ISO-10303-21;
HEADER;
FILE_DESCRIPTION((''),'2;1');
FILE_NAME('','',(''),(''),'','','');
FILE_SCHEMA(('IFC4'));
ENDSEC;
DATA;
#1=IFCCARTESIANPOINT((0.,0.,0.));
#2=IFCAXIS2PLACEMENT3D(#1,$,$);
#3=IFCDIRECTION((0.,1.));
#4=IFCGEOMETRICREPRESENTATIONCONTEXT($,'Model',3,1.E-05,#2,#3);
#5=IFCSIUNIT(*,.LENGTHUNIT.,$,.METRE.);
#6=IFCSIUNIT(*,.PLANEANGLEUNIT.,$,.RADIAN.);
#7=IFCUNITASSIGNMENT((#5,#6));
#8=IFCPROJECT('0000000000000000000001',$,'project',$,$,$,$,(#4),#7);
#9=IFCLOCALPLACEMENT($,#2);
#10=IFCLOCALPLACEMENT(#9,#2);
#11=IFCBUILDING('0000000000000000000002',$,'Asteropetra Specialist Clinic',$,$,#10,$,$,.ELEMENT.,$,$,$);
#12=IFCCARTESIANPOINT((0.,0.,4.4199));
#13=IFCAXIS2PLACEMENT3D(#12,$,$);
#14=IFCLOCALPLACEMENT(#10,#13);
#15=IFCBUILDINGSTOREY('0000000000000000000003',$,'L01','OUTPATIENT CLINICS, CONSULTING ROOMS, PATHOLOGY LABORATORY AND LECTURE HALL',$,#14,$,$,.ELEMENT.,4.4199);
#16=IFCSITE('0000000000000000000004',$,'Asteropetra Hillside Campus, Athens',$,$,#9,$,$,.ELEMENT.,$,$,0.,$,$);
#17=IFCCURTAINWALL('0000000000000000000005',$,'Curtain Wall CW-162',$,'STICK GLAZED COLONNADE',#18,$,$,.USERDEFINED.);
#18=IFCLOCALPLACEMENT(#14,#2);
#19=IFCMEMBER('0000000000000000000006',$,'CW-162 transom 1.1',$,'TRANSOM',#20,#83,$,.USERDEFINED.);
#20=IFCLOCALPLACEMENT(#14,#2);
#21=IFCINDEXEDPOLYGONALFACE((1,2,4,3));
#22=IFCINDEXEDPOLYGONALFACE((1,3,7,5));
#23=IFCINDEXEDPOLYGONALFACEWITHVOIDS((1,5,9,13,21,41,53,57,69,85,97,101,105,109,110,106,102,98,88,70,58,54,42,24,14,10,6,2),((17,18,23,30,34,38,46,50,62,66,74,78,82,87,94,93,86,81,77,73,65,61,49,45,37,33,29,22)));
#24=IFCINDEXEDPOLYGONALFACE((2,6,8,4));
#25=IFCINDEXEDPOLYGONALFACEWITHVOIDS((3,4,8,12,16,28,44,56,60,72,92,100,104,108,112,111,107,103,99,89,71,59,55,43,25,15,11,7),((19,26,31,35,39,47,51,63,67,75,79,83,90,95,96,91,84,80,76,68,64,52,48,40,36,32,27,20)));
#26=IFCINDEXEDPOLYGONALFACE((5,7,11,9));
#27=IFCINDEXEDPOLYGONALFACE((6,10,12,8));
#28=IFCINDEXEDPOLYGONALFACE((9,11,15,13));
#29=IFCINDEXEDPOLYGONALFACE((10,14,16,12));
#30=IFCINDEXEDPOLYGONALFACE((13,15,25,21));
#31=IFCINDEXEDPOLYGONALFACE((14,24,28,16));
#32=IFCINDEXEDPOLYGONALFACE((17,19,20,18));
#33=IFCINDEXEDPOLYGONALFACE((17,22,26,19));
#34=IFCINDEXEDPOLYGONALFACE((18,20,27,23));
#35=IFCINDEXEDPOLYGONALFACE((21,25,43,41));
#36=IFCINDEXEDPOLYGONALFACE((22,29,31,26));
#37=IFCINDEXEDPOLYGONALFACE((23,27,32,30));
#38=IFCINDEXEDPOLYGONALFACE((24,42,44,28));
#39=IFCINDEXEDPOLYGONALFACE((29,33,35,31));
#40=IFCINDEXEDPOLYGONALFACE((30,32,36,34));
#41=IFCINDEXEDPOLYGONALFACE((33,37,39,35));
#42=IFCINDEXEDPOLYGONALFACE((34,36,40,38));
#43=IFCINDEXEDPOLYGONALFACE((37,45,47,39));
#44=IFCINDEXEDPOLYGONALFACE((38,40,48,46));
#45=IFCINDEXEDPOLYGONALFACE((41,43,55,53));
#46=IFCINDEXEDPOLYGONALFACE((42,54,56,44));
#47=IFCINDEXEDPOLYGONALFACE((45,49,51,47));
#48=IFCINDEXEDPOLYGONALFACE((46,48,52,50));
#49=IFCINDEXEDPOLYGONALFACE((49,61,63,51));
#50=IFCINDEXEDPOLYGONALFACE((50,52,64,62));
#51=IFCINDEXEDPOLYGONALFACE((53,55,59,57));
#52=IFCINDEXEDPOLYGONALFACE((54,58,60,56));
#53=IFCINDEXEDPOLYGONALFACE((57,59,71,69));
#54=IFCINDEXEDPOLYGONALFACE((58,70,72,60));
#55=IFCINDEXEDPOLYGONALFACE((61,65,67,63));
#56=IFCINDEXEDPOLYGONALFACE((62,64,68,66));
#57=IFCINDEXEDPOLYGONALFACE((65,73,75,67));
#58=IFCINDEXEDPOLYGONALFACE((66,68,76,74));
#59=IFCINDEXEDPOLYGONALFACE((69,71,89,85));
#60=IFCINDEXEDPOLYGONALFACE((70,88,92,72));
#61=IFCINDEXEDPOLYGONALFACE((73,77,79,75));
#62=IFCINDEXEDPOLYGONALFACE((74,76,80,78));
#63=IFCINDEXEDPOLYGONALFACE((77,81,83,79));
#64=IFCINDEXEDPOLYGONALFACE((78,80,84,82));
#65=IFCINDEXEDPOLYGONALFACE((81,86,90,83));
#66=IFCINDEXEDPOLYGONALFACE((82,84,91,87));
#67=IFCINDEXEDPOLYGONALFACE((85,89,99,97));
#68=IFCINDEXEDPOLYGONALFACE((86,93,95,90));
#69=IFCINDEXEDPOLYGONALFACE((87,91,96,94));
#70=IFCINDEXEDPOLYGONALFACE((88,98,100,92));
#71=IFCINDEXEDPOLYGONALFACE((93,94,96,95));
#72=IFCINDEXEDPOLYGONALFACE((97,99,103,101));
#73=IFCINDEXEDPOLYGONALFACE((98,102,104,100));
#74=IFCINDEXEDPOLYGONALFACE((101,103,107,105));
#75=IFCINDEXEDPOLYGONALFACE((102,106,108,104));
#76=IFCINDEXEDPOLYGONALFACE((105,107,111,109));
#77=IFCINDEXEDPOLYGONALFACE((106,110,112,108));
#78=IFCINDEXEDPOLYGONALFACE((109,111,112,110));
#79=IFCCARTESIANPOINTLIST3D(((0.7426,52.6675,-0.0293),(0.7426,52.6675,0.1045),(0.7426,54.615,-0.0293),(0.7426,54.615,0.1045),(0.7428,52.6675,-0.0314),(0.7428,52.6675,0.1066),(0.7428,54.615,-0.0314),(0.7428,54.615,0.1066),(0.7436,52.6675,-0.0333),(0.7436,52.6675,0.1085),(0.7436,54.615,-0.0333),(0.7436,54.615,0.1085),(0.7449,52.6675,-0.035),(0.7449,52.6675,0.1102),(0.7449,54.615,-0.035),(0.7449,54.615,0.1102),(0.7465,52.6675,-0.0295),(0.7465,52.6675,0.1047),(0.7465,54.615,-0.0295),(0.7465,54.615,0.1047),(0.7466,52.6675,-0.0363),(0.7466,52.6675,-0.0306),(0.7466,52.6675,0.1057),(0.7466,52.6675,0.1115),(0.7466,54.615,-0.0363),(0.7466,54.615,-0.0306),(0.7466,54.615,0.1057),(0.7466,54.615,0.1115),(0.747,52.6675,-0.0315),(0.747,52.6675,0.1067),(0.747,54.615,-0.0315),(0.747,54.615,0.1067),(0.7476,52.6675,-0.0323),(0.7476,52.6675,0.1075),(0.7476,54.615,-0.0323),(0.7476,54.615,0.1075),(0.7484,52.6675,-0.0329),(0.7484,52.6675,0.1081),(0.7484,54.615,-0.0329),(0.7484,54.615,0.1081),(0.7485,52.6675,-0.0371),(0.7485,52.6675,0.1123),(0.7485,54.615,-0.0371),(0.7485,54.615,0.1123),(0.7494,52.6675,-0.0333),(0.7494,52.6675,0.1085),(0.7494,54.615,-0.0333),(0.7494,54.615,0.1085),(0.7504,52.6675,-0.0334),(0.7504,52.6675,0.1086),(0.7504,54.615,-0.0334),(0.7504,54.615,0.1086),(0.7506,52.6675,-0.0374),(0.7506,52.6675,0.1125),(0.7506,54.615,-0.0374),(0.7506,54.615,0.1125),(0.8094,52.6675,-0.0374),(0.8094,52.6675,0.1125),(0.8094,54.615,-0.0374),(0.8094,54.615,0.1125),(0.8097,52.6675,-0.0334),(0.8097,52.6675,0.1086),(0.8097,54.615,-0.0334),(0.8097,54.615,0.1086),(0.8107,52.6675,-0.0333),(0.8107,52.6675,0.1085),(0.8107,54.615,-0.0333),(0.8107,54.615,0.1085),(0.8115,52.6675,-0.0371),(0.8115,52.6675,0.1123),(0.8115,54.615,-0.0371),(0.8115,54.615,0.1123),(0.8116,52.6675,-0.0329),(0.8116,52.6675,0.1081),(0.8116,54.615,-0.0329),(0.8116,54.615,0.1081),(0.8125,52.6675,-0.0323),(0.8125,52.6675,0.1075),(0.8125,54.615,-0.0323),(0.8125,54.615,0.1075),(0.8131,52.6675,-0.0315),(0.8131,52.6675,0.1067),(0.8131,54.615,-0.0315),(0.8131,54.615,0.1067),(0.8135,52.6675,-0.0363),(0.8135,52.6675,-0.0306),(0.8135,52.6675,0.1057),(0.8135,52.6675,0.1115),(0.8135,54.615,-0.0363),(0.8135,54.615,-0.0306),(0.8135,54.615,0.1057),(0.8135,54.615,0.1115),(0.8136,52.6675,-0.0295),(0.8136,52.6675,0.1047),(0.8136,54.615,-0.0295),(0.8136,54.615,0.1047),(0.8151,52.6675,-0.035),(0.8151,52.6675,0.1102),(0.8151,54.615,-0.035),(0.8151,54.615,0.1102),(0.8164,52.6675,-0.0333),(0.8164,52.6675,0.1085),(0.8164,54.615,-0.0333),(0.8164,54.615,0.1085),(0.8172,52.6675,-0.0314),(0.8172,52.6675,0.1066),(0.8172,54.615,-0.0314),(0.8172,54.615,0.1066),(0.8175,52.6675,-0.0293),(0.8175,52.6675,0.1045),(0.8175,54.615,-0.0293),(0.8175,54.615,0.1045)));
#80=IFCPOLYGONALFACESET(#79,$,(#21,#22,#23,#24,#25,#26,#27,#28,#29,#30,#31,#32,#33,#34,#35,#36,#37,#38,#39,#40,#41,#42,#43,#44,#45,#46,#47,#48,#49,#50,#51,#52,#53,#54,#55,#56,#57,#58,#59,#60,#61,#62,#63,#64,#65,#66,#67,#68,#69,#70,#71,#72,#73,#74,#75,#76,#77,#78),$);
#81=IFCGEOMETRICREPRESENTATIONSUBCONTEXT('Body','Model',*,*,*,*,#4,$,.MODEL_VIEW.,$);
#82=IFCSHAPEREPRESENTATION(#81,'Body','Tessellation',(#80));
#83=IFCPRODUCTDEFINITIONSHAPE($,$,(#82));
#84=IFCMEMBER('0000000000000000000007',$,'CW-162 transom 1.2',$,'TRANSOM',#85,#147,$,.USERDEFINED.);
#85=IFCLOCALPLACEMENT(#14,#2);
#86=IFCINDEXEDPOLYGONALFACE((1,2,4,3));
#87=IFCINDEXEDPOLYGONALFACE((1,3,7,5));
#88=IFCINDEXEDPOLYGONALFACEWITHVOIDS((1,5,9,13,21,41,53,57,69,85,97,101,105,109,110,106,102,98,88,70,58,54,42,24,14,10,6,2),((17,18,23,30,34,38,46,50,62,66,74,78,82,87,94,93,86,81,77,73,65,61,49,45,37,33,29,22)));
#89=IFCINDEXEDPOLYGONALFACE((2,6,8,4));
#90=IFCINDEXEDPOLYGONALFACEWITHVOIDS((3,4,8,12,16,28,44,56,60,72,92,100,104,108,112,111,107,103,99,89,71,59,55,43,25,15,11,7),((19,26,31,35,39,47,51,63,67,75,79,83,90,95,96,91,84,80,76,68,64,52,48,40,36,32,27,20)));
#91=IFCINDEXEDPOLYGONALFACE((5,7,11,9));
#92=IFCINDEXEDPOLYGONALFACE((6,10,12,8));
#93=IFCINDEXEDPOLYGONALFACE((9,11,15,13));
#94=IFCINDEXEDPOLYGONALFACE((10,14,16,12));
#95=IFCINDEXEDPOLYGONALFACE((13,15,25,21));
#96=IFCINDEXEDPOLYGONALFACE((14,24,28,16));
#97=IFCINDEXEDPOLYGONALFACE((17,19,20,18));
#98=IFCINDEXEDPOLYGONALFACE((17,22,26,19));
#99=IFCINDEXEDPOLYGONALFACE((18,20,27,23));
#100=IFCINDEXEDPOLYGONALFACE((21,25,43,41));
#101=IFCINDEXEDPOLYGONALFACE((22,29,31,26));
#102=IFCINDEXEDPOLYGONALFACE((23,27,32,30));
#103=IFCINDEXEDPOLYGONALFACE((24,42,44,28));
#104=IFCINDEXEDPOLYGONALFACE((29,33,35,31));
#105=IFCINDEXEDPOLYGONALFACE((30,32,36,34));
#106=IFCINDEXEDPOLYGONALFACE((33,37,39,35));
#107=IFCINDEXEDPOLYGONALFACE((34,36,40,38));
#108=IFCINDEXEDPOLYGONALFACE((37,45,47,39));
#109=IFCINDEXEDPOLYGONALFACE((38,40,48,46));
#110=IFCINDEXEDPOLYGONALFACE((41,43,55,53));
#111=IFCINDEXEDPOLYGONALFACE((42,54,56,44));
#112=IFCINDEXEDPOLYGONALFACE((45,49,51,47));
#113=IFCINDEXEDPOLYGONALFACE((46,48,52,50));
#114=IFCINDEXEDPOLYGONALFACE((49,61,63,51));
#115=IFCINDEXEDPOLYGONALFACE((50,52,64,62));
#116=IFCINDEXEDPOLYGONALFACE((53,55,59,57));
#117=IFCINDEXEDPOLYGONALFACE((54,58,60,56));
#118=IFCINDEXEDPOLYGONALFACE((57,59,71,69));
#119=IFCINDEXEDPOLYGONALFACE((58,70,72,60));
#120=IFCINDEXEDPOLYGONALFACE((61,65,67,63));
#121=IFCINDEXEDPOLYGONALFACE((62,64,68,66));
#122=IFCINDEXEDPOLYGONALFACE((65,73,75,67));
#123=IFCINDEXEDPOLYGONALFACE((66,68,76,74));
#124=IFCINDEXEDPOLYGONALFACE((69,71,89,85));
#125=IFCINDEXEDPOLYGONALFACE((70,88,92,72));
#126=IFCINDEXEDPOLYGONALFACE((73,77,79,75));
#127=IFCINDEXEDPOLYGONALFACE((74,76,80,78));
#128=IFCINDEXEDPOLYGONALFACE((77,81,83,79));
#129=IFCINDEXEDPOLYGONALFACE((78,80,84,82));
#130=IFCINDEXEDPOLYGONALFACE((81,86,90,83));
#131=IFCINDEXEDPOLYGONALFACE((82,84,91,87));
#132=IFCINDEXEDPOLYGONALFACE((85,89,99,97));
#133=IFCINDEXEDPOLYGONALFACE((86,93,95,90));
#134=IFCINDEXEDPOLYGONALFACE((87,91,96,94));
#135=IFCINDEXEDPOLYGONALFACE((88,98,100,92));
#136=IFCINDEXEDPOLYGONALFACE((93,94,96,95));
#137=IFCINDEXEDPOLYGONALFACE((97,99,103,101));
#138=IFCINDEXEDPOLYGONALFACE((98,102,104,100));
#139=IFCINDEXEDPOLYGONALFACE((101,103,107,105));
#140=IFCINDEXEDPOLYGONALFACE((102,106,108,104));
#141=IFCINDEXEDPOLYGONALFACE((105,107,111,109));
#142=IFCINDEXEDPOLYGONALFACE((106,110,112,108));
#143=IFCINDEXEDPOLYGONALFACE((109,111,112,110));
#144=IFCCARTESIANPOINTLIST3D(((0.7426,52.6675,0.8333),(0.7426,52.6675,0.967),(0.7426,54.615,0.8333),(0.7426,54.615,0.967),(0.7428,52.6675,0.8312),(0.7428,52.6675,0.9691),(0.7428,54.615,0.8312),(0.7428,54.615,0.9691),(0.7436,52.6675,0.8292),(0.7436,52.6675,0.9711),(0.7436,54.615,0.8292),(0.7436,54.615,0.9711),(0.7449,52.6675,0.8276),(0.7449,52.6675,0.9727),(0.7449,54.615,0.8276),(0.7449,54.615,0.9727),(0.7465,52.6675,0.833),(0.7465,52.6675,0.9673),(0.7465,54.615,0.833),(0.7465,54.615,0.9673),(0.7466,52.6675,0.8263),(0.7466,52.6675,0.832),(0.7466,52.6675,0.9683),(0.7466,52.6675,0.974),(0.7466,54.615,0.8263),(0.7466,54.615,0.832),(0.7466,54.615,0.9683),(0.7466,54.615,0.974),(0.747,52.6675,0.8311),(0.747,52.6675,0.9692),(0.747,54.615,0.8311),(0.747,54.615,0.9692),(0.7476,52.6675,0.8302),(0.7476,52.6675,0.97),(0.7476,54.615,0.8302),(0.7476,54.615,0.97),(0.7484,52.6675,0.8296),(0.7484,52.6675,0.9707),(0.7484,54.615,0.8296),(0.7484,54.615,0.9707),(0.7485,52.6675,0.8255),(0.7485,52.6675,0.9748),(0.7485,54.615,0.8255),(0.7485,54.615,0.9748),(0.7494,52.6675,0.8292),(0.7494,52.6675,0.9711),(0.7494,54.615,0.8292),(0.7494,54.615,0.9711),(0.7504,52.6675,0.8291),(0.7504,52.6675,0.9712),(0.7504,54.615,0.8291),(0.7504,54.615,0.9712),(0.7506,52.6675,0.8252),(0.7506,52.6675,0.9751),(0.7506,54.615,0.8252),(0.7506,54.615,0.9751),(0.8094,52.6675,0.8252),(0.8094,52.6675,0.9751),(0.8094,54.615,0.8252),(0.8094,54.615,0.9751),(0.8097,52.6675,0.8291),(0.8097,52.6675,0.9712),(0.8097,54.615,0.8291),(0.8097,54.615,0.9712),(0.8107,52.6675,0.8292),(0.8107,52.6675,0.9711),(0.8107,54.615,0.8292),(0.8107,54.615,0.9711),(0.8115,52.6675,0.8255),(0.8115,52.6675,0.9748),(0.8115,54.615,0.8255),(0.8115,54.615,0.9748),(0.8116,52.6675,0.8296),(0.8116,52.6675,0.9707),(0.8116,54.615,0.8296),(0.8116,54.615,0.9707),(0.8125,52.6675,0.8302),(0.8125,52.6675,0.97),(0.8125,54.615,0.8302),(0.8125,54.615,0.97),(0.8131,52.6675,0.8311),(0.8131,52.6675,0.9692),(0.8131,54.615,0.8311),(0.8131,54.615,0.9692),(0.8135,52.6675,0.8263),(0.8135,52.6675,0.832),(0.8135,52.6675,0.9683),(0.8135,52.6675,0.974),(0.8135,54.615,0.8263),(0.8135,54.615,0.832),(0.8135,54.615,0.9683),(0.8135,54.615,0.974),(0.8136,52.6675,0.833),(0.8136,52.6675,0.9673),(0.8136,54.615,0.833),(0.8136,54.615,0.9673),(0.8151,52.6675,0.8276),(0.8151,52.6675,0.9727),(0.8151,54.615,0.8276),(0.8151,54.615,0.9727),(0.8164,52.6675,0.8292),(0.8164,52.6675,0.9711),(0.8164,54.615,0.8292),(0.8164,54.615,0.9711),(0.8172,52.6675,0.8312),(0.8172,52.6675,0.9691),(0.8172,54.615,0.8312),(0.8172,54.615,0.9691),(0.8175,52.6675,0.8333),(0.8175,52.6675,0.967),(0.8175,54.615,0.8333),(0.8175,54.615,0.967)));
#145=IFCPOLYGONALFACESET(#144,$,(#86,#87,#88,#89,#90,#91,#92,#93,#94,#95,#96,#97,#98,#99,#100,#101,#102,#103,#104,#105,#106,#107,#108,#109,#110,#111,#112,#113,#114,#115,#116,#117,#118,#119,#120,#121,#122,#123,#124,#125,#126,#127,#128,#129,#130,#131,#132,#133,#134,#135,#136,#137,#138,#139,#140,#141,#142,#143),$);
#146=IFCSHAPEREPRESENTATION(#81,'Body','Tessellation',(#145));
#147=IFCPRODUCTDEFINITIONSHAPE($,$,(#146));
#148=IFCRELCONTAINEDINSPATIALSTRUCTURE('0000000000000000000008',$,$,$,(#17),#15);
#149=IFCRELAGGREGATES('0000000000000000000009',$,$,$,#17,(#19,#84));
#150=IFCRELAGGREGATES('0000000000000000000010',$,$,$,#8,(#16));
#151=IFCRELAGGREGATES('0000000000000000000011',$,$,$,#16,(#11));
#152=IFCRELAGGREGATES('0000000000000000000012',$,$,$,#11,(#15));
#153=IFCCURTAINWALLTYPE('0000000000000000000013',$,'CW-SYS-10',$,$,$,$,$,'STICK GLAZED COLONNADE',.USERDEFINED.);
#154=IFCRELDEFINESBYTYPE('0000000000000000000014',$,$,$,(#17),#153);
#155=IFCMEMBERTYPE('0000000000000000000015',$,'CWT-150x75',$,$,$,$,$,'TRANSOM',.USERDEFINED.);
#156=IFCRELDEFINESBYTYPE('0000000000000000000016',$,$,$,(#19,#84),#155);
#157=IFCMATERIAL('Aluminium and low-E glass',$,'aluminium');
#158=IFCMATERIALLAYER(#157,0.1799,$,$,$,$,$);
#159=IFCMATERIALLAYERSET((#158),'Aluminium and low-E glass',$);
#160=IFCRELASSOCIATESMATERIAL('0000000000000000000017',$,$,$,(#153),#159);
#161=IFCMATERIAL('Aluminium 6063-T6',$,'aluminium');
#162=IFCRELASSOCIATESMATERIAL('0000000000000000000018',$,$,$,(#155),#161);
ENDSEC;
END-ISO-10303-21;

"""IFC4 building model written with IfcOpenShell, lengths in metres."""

from ifc_helpers import new_model, si_unit, direction, frame, origin, origin_2d, place, context, subcontext, project, spatial, hollow_rectangle, extrude, material, layer, layer_set, material_profile, profile_set, type_object, element, aggregate, save


model = new_model("IFC4")

# Units and contexts
model_context = context("Model", 3, precision=1e-05, world=origin(), true_north=direction((0.0, 1.0)))
body_context = subcontext(model_context, "Body", "Model", "MODEL_VIEW")
ifc_project = project(units=[si_unit("LENGTHUNIT", "METRE"), si_unit("PLANEANGLEUNIT", "RADIAN")], contexts=[model_context])

# Site, building, storey
site_placement = place(None, origin())
site = spatial("IfcSite", under=ifc_project, at=site_placement, Name="Asteropetra Hillside Campus, Athens", CompositionType="ELEMENT", RefElevation=0.0)
building_placement = place(site_placement, origin())
building = spatial("IfcBuilding", under=site, at=building_placement, Name="Asteropetra Specialist Clinic", CompositionType="ELEMENT")
storey_placement = place(building_placement, frame((0.0, 0.0, 4.4199)))
storey = spatial("IfcBuildingStorey", under=building, at=storey_placement, Name="L01", Description="OUTPATIENT CLINICS, CONSULTING ROOMS, PATHOLOGY LABORATORY AND LECTURE HALL", CompositionType="ELEMENT", Elevation=4.4199)

# Curtain wall, members
ifc_material_1 = material(Name="Aluminium and low-E glass", Category="aluminium")
ifc_layer_1 = layer(ifc_material_1, 0.1799)
ifc_layer_set_1 = layer_set([ifc_layer_1], Name="Aluminium and low-E glass")
curtain_wall_type_1 = type_object("IfcCurtainWallType", Name="CW-SYS-10", ElementType="STICK GLAZED COLONNADE", PredefinedType="USERDEFINED", material=ifc_layer_set_1)
curtain_wall_1_placement = place(storey_placement, origin())
curtain_wall_1 = element("IfcCurtainWall", 1, at=curtain_wall_1_placement, inside=storey, type_object=curtain_wall_type_1, Name="Curtain Wall CW-162", ObjectType="STICK GLAZED COLONNADE", PredefinedType="USERDEFINED")
ifc_material_2 = material(Name="Aluminium 6063-T6", Category="aluminium")
ifc_material_profile_1 = material_profile(ifc_material_2, hollow_rectangle(XDim=0.075, YDim=0.1499, WallThickness=0.0039, InnerFilletRadius=0.0039, OuterFilletRadius=0.0081, at=origin_2d()), Name="TRN 150x75x4.0")
ifc_profile_set_1 = profile_set([ifc_material_profile_1], Name="Aluminium 6063-T6")
member_type_1 = type_object("IfcMemberType", Name="CWT-150x75", ElementType="TRANSOM", PredefinedType="USERDEFINED", material=ifc_profile_set_1)
member_1_placement = place(storey_placement, frame((0.78, 54.615, 0.0376), z_axis=(0.0, -1.0, 0.0), x_axis=(1.0, 0.0, 0.0)))
member_1 = element("IfcMember", 2, at=member_1_placement, type_object=member_type_1, Name="CW-162 transom 1.1", ObjectType="TRANSOM", PredefinedType="USERDEFINED", context=body_context, shape_type="SweptSolid", body=[
    extrude(hollow_rectangle(XDim=0.075, YDim=0.1499, WallThickness=0.0039, InnerFilletRadius=0.0039, OuterFilletRadius=0.0081, at=origin_2d()), origin(), (0.0, 0.0, 1.0), 1.9475),
])
member_2_placement = place(storey_placement, frame((0.78, 54.615, 0.9001), z_axis=(0.0, -1.0, 0.0), x_axis=(1.0, 0.0, 0.0)))
member_2 = element("IfcMember", 3, at=member_2_placement, type_object=member_type_1, Name="CW-162 transom 1.2", ObjectType="TRANSOM", PredefinedType="USERDEFINED", context=body_context, shape_type="SweptSolid", body=[
    extrude(hollow_rectangle(XDim=0.075, YDim=0.1499, WallThickness=0.0039, InnerFilletRadius=0.0039, OuterFilletRadius=0.0081, at=origin_2d()), origin(), (0.0, 0.0, 1.0), 1.9475),
])

aggregate(curtain_wall_1, [member_1, member_2])

save(model, "model.ifc")
